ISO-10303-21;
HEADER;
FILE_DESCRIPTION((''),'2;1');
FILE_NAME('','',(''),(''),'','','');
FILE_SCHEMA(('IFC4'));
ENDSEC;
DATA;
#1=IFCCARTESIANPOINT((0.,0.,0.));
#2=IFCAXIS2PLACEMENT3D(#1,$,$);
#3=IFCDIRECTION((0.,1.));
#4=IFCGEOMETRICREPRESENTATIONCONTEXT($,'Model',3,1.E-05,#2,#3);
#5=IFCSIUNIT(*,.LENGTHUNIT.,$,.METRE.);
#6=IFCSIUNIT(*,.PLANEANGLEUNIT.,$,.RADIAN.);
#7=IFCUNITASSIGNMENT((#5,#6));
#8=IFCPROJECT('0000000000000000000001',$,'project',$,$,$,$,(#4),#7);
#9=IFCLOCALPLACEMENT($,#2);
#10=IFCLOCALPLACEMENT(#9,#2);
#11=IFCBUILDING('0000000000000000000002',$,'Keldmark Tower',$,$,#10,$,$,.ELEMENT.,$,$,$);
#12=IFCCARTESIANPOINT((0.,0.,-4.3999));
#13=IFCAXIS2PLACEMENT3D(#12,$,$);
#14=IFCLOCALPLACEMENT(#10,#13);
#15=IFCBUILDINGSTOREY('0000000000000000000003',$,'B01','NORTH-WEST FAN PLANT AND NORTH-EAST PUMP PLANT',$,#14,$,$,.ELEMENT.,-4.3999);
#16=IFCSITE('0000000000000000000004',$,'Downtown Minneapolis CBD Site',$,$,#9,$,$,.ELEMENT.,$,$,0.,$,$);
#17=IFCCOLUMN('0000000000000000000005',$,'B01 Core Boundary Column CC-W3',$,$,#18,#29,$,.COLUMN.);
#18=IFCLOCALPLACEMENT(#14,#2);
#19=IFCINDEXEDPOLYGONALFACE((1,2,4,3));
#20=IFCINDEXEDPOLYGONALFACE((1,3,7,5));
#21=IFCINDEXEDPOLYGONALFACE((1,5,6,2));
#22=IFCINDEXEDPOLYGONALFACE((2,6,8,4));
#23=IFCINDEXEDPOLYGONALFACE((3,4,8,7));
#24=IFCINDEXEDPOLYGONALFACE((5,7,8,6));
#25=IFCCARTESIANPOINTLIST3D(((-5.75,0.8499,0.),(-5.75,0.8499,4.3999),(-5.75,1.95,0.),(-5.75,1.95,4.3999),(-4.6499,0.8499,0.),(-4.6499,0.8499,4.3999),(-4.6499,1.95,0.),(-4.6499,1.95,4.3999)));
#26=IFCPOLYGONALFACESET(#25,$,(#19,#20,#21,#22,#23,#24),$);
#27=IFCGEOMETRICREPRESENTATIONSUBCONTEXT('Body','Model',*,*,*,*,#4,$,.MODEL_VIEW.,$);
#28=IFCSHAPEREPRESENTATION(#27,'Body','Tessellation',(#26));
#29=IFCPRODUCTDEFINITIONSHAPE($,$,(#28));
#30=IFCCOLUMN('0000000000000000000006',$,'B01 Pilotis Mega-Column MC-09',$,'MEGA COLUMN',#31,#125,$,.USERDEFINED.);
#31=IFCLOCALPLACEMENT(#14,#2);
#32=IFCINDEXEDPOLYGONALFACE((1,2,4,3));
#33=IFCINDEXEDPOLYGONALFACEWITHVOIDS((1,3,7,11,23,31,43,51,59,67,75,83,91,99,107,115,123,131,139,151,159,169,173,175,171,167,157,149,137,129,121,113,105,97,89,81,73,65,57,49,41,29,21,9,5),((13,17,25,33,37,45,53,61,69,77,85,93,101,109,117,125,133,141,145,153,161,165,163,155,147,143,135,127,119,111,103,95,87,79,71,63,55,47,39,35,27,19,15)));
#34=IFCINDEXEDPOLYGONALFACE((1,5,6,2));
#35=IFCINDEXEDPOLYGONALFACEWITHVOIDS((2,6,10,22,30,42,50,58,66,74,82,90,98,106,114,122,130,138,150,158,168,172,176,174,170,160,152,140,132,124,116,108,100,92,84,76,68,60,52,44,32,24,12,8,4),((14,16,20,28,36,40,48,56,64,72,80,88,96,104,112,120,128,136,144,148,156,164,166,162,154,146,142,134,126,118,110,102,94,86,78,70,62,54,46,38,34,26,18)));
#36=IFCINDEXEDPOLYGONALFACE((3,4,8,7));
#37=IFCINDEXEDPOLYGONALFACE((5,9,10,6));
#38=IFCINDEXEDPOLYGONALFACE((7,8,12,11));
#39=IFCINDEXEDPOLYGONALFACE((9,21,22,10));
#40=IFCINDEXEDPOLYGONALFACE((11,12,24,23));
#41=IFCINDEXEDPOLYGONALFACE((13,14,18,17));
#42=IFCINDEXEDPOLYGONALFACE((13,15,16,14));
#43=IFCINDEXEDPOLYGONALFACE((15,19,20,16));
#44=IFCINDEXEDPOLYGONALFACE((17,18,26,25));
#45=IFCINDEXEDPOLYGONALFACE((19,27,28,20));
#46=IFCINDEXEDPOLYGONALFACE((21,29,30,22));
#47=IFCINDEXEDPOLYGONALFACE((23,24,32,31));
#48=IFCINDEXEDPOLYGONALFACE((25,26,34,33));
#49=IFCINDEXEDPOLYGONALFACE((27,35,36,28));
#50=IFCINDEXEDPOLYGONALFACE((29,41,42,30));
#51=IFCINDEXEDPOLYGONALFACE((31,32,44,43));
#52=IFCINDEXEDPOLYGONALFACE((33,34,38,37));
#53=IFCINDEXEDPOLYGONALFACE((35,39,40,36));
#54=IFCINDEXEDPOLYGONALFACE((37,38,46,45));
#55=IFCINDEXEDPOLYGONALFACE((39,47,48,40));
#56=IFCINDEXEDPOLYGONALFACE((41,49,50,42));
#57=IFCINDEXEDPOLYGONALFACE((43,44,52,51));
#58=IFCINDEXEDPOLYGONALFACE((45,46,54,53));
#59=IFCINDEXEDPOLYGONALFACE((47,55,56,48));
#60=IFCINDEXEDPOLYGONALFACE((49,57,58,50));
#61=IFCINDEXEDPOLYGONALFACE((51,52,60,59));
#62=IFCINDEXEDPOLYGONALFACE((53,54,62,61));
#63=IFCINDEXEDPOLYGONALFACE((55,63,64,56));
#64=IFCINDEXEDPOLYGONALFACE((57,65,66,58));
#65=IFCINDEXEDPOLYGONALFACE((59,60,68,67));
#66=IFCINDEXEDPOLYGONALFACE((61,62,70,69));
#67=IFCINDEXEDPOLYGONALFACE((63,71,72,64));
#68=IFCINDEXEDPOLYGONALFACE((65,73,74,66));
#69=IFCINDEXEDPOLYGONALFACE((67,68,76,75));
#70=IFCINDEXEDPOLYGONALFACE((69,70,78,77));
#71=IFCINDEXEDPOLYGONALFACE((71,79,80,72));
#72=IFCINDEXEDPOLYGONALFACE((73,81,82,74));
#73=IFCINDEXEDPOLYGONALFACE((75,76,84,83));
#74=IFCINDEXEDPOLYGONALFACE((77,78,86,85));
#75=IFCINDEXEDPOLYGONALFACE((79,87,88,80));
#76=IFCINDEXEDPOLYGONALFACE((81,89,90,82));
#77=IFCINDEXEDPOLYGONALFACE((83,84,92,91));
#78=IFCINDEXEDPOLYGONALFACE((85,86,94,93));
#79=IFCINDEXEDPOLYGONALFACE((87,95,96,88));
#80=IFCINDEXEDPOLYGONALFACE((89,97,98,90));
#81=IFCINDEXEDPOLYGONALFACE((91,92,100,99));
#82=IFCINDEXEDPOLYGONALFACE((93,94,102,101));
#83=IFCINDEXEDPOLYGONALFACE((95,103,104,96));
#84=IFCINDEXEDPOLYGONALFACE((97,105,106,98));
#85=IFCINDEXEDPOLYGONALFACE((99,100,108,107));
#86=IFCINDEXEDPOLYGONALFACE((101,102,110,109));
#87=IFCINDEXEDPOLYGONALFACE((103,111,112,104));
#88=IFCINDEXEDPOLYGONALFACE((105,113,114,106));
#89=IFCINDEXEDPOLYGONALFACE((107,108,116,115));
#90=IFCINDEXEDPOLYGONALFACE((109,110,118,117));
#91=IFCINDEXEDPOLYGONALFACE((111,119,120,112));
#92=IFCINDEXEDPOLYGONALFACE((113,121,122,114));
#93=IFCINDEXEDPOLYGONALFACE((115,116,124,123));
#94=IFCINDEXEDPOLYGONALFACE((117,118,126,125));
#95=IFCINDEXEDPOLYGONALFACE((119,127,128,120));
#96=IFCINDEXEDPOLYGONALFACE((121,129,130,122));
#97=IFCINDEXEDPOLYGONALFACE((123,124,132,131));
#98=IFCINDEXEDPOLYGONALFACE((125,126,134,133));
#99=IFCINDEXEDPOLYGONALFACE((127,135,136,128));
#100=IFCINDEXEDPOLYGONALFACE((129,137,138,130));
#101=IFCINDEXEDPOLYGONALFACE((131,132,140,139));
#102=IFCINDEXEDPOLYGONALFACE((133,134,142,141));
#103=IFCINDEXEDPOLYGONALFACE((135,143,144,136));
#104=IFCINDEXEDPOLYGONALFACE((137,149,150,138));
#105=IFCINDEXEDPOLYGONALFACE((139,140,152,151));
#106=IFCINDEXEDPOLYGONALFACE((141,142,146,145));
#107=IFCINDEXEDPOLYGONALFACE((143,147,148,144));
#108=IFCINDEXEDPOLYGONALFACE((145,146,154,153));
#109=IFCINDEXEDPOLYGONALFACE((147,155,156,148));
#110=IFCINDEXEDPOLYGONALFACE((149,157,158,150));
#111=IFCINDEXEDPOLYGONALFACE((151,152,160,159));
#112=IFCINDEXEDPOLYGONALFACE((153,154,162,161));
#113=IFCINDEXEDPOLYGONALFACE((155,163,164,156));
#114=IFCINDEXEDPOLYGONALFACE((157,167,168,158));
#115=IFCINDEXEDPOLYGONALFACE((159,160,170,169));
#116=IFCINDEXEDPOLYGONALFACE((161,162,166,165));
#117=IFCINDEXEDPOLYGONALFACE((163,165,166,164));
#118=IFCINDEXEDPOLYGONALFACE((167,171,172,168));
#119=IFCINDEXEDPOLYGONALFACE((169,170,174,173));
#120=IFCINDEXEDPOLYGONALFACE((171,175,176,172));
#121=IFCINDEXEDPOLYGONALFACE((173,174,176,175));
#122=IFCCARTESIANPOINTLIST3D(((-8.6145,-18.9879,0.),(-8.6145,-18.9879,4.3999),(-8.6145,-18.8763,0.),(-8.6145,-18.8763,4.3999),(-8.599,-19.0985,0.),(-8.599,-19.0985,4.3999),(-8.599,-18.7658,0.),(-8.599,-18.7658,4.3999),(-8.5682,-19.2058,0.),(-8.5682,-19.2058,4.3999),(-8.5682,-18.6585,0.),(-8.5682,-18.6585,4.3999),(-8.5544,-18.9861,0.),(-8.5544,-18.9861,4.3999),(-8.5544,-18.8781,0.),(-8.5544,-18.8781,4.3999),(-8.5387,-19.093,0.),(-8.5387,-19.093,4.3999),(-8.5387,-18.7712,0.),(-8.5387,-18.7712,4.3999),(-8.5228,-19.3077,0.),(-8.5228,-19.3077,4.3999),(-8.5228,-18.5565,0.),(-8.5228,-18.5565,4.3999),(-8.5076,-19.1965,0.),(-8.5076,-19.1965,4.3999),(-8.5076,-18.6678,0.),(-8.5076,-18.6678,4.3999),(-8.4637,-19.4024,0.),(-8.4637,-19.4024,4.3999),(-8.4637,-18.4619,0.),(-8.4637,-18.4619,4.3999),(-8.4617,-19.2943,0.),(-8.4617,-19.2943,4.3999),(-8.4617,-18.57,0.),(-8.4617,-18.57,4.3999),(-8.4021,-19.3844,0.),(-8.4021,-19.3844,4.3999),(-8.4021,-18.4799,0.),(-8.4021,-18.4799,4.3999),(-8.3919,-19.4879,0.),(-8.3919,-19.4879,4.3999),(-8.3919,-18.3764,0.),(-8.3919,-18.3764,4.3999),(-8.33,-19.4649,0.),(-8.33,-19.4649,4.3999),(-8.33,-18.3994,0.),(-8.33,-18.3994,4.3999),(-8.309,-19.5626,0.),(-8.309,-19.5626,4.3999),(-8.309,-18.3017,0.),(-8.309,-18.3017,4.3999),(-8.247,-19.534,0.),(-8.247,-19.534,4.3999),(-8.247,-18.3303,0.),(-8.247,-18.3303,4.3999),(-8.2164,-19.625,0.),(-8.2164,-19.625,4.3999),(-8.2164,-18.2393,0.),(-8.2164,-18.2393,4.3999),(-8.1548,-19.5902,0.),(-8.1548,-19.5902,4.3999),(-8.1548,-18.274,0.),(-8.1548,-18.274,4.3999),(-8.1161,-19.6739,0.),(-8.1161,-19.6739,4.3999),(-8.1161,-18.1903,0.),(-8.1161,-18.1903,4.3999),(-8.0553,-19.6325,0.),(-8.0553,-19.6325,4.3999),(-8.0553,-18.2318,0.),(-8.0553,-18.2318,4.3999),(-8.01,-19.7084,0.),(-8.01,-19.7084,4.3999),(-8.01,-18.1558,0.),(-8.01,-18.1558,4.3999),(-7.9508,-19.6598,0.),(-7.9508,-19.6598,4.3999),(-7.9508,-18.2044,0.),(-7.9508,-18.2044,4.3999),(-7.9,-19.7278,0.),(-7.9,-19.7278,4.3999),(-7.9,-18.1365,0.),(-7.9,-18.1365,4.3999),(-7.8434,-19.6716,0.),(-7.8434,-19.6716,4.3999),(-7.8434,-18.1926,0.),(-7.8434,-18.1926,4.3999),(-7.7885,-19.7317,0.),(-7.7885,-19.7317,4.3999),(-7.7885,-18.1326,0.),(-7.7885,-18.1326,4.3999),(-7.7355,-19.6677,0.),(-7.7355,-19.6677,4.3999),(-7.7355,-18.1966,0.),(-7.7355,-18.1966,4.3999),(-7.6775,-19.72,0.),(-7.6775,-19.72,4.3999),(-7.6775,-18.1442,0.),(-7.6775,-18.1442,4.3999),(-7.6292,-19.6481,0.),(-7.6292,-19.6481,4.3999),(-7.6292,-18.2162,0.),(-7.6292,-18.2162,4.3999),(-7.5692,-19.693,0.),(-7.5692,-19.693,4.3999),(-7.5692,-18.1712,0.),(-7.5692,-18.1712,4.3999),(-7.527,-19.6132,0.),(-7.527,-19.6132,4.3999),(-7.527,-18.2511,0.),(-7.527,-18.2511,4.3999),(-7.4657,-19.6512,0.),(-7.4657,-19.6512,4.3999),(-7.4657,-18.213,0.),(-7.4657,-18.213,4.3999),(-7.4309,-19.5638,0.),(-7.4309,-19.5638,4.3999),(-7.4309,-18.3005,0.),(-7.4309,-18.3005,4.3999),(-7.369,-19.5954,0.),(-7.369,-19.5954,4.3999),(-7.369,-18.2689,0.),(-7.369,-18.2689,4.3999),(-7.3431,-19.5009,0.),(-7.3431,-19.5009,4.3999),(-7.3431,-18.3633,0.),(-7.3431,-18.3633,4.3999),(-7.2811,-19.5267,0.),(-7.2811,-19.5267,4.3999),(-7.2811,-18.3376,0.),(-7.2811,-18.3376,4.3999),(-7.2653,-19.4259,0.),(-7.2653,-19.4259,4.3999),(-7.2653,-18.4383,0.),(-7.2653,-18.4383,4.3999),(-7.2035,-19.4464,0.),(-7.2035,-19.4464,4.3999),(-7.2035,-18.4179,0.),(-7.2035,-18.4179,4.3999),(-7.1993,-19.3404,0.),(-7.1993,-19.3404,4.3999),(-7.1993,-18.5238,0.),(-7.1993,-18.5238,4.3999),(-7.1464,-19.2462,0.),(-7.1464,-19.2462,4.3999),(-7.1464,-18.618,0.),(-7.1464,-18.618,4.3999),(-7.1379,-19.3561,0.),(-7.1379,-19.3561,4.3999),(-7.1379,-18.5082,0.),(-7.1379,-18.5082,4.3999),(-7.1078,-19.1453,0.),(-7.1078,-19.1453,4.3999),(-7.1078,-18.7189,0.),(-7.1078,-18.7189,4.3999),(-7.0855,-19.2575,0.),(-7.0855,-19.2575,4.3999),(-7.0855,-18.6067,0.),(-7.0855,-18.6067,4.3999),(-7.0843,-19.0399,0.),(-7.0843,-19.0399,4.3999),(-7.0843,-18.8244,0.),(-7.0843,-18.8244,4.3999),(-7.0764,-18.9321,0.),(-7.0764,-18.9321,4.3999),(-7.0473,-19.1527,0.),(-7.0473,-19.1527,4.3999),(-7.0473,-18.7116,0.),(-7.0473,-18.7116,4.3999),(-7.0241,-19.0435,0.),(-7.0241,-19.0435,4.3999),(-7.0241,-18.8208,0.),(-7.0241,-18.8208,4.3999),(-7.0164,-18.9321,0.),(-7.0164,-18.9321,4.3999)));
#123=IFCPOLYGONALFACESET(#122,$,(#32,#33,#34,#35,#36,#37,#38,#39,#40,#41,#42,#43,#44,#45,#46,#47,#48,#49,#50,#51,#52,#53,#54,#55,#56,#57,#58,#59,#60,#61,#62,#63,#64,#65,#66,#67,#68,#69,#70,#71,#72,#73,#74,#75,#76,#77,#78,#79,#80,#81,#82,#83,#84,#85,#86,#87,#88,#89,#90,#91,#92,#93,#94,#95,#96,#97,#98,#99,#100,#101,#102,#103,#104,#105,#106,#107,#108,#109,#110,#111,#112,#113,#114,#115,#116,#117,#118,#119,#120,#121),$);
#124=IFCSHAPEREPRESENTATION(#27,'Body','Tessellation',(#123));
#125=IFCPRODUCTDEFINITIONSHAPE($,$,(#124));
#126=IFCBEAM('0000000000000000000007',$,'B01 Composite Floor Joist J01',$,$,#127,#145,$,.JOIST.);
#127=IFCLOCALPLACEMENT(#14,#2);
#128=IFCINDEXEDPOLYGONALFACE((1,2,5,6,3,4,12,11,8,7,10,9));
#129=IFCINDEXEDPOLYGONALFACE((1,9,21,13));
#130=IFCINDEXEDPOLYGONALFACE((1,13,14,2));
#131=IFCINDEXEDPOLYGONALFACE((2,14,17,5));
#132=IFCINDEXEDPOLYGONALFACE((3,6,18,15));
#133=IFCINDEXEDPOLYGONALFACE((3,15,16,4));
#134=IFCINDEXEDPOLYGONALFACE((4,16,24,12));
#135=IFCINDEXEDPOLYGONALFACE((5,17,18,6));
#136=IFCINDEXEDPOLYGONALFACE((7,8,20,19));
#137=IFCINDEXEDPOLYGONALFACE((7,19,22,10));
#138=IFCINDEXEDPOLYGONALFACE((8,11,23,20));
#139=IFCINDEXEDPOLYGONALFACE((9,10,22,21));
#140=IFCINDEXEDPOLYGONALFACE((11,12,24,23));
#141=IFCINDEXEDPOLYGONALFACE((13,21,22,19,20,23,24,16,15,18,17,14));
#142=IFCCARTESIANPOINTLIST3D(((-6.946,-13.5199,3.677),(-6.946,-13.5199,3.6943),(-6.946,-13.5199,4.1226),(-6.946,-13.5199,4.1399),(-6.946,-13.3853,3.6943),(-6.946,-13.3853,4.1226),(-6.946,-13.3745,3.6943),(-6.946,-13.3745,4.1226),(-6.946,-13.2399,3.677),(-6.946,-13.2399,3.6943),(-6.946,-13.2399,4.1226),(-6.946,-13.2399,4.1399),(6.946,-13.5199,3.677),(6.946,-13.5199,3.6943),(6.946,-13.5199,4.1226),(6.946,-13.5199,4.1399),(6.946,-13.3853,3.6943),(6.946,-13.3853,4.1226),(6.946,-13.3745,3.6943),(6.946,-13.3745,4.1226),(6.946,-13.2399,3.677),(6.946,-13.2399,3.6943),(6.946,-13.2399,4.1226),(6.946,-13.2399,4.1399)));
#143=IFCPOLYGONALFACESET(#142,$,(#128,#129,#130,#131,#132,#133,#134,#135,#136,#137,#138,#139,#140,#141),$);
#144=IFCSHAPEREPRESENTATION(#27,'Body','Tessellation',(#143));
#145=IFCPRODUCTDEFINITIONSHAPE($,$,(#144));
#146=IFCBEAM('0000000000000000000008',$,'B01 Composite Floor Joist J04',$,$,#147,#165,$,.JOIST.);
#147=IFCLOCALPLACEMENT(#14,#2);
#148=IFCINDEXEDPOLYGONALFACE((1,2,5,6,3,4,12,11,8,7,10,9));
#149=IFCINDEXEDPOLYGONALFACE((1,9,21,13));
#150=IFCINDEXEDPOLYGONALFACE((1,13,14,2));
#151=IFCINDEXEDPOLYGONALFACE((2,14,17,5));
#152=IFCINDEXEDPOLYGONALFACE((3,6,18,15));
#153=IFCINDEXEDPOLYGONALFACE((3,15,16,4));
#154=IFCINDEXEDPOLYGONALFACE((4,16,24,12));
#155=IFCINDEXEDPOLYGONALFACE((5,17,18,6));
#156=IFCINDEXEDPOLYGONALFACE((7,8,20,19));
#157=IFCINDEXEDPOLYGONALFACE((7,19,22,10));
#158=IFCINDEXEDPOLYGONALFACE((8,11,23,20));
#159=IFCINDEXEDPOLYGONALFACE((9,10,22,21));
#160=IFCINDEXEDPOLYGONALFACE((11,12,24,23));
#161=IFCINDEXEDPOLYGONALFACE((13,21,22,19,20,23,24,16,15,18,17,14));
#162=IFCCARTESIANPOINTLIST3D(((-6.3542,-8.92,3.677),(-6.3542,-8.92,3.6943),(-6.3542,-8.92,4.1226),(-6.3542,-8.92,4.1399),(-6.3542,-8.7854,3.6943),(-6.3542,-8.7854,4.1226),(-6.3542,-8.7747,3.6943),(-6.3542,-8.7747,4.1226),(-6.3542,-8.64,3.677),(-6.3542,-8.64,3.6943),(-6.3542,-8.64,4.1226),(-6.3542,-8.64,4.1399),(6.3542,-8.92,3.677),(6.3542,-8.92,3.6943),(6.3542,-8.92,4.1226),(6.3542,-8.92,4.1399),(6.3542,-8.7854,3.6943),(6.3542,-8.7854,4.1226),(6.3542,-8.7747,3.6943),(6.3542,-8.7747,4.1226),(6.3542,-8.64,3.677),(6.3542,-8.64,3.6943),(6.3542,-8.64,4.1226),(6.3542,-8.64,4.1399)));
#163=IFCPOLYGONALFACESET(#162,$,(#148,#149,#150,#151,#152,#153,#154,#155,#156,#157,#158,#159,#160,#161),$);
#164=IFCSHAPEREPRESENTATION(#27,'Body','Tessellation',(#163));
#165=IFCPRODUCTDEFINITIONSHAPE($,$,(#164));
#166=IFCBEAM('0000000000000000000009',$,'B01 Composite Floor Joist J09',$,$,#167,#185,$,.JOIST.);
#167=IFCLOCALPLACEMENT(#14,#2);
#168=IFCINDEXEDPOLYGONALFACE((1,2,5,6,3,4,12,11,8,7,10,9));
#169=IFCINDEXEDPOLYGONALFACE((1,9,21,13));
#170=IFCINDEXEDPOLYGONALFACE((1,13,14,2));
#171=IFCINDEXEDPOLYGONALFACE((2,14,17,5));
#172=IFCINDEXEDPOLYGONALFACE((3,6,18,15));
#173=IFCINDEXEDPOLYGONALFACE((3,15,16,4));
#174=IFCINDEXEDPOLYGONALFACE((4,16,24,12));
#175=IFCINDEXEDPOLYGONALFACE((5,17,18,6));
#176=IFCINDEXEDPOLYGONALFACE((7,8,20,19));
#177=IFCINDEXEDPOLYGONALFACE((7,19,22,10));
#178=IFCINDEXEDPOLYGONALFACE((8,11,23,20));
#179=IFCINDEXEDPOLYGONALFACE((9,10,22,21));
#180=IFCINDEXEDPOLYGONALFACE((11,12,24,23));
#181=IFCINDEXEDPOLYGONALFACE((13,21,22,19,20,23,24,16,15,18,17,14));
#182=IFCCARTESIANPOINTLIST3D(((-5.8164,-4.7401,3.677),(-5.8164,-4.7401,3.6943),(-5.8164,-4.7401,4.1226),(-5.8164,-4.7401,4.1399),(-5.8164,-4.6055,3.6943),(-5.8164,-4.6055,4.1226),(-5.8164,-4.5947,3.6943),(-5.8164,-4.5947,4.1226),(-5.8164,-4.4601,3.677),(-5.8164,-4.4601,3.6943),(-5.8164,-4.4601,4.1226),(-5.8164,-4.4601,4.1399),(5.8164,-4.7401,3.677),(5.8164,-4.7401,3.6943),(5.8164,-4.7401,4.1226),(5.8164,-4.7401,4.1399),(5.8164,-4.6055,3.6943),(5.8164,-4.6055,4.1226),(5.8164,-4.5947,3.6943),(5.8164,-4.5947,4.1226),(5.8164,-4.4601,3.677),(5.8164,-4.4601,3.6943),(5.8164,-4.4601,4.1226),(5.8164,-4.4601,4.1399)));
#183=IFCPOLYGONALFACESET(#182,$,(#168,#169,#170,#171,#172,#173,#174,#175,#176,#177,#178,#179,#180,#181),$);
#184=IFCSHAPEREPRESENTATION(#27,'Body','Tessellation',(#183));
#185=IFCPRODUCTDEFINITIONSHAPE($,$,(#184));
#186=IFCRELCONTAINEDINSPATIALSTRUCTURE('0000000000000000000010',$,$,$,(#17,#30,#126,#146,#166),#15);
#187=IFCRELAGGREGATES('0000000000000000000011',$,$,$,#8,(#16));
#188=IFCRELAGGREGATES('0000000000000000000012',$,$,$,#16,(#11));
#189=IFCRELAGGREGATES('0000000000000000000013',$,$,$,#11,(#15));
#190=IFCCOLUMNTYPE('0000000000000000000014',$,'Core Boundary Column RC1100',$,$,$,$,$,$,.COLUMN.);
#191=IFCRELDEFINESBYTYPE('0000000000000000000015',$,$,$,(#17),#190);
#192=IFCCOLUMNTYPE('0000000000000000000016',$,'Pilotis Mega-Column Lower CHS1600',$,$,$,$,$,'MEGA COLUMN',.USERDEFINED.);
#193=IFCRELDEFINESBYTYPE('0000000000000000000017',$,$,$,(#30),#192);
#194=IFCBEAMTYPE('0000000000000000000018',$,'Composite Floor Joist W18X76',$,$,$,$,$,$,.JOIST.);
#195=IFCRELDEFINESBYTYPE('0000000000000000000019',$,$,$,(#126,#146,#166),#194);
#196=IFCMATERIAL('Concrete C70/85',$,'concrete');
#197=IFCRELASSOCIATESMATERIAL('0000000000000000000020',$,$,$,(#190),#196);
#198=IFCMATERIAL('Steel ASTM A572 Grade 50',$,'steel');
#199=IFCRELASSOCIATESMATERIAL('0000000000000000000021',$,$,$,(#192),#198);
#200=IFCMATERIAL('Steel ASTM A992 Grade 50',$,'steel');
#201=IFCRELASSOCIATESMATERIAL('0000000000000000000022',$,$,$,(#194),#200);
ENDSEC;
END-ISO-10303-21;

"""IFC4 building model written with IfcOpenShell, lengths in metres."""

from ifc_helpers import new_model, si_unit, direction, frame, origin, origin_2d, place, context, subcontext, project, spatial, rectangle, hollow_circle, i_section, extrude, material, material_profile, profile_set, type_object, element, save


model = new_model("IFC4")

# Units and contexts
model_context = context("Model", 3, precision=1e-05, world=origin(), true_north=direction((0.0, 1.0)))
body_context = subcontext(model_context, "Body", "Model", "MODEL_VIEW")
ifc_project = project(units=[si_unit("LENGTHUNIT", "METRE"), si_unit("PLANEANGLEUNIT", "RADIAN")], contexts=[model_context])

# Site, building, storey
site_placement = place(None, origin())
site = spatial("IfcSite", under=ifc_project, at=site_placement, Name="Downtown Minneapolis CBD Site", CompositionType="ELEMENT", RefElevation=0.0)
building_placement = place(site_placement, origin())
building = spatial("IfcBuilding", under=site, at=building_placement, Name="Keldmark Tower", CompositionType="ELEMENT")
storey_placement = place(building_placement, frame((0.0, 0.0, -4.3999)))
storey = spatial("IfcBuildingStorey", under=building, at=storey_placement, Name="B01", Description="NORTH-WEST FAN PLANT AND NORTH-EAST PUMP PLANT", CompositionType="ELEMENT", Elevation=-4.3999)

# Columns
ifc_material_1 = material(Name="Concrete C70/85", Category="concrete")
ifc_material_profile_1 = material_profile(ifc_material_1, rectangle(XDim=1.1001, YDim=1.1001, at=origin_2d()), Name="RC1100X1100")
ifc_profile_set_1 = profile_set([ifc_material_profile_1], Name="Concrete C70/85")
column_type_1 = type_object("IfcColumnType", Name="Core Boundary Column RC1100", PredefinedType="COLUMN", material=ifc_profile_set_1)
column_1_placement = place(storey_placement, frame((-5.2, 1.3999, 0.0), z_axis=(0.0, 0.0, 1.0), x_axis=(1.0, 0.0, 0.0)))
element("IfcColumn", 1, at=column_1_placement, inside=storey, type_object=column_type_1, Name="B01 Core Boundary Column CC-W3", PredefinedType="COLUMN", context=body_context, shape_type="SweptSolid", body=[
    extrude(rectangle(XDim=1.1001, YDim=1.1001, at=origin_2d()), origin(), (0.0, 0.0, 1.0), 4.3999),
])
ifc_material_2 = material(Name="Steel ASTM A572 Grade 50", Category="steel")
ifc_material_profile_2 = material_profile(ifc_material_2, hollow_circle(Radius=0.8, WallThickness=0.0601, at=origin_2d()), Name="CHS1600X60")
ifc_profile_set_2 = profile_set([ifc_material_profile_2], Name="Steel ASTM A572 Grade 50")
column_type_2 = type_object("IfcColumnType", Name="Pilotis Mega-Column Lower CHS1600", ElementType="MEGA COLUMN", PredefinedType="USERDEFINED", material=ifc_profile_set_2)
column_2_placement = place(storey_placement, frame((-7.8164, -18.9321, 0.0), z_axis=(0.0, 0.0, 1.0), x_axis=(1.0, 0.0, 0.0)))
element("IfcColumn", 2, at=column_2_placement, inside=storey, type_object=column_type_2, Name="B01 Pilotis Mega-Column MC-09", ObjectType="MEGA COLUMN", PredefinedType="USERDEFINED", context=body_context, shape_type="SweptSolid", body=[
    extrude(hollow_circle(Radius=0.8, WallThickness=0.0601, at=origin_2d()), origin(), (0.0, 0.0, 1.0), 4.3999),
])

# Beams
ifc_material_3 = material(Name="Steel ASTM A992 Grade 50", Category="steel")
ifc_material_profile_3 = material_profile(ifc_material_3, i_section(OverallWidth=0.28, OverallDepth=0.4629, WebThickness=0.0107, FlangeThickness=0.0173, at=origin_2d()), Name="W18X76")
ifc_profile_set_3 = profile_set([ifc_material_profile_3], Name="Steel ASTM A992 Grade 50")
beam_type_1 = type_object("IfcBeamType", Name="Composite Floor Joist W18X76", PredefinedType="JOIST", material=ifc_profile_set_3)
beam_1_placement = place(storey_placement, frame((-6.946, -13.3799, 3.9084), z_axis=(1.0, 0.0, 0.0), x_axis=(0.0, 1.0, 0.0)))
element("IfcBeam", 3, at=beam_1_placement, inside=storey, type_object=beam_type_1, Name="B01 Composite Floor Joist J01", PredefinedType="JOIST", context=body_context, shape_type="SweptSolid", body=[
    extrude(i_section(OverallWidth=0.28, OverallDepth=0.4629, WebThickness=0.0107, FlangeThickness=0.0173, at=origin_2d()), origin(), (0.0, 0.0, 1.0), 13.8921),
])
beam_2_placement = place(storey_placement, frame((-6.3542, -8.78, 3.9084), z_axis=(1.0, 0.0, 0.0), x_axis=(0.0, 1.0, 0.0)))
element("IfcBeam", 4, at=beam_2_placement, inside=storey, type_object=beam_type_1, Name="B01 Composite Floor Joist J04", PredefinedType="JOIST", context=body_context, shape_type="SweptSolid", body=[
    extrude(i_section(OverallWidth=0.28, OverallDepth=0.4629, WebThickness=0.0107, FlangeThickness=0.0173, at=origin_2d()), origin(), (0.0, 0.0, 1.0), 12.7085),
])
beam_3_placement = place(storey_placement, frame((-5.8164, -4.6001, 3.9084), z_axis=(1.0, 0.0, 0.0), x_axis=(0.0, 1.0, 0.0)))
element("IfcBeam", 5, at=beam_3_placement, inside=storey, type_object=beam_type_1, Name="B01 Composite Floor Joist J09", PredefinedType="JOIST", context=body_context, shape_type="SweptSolid", body=[
    extrude(i_section(OverallWidth=0.28, OverallDepth=0.4629, WebThickness=0.0107, FlangeThickness=0.0173, at=origin_2d()), origin(), (0.0, 0.0, 1.0), 11.6328),
])

save(model, "model.ifc")
